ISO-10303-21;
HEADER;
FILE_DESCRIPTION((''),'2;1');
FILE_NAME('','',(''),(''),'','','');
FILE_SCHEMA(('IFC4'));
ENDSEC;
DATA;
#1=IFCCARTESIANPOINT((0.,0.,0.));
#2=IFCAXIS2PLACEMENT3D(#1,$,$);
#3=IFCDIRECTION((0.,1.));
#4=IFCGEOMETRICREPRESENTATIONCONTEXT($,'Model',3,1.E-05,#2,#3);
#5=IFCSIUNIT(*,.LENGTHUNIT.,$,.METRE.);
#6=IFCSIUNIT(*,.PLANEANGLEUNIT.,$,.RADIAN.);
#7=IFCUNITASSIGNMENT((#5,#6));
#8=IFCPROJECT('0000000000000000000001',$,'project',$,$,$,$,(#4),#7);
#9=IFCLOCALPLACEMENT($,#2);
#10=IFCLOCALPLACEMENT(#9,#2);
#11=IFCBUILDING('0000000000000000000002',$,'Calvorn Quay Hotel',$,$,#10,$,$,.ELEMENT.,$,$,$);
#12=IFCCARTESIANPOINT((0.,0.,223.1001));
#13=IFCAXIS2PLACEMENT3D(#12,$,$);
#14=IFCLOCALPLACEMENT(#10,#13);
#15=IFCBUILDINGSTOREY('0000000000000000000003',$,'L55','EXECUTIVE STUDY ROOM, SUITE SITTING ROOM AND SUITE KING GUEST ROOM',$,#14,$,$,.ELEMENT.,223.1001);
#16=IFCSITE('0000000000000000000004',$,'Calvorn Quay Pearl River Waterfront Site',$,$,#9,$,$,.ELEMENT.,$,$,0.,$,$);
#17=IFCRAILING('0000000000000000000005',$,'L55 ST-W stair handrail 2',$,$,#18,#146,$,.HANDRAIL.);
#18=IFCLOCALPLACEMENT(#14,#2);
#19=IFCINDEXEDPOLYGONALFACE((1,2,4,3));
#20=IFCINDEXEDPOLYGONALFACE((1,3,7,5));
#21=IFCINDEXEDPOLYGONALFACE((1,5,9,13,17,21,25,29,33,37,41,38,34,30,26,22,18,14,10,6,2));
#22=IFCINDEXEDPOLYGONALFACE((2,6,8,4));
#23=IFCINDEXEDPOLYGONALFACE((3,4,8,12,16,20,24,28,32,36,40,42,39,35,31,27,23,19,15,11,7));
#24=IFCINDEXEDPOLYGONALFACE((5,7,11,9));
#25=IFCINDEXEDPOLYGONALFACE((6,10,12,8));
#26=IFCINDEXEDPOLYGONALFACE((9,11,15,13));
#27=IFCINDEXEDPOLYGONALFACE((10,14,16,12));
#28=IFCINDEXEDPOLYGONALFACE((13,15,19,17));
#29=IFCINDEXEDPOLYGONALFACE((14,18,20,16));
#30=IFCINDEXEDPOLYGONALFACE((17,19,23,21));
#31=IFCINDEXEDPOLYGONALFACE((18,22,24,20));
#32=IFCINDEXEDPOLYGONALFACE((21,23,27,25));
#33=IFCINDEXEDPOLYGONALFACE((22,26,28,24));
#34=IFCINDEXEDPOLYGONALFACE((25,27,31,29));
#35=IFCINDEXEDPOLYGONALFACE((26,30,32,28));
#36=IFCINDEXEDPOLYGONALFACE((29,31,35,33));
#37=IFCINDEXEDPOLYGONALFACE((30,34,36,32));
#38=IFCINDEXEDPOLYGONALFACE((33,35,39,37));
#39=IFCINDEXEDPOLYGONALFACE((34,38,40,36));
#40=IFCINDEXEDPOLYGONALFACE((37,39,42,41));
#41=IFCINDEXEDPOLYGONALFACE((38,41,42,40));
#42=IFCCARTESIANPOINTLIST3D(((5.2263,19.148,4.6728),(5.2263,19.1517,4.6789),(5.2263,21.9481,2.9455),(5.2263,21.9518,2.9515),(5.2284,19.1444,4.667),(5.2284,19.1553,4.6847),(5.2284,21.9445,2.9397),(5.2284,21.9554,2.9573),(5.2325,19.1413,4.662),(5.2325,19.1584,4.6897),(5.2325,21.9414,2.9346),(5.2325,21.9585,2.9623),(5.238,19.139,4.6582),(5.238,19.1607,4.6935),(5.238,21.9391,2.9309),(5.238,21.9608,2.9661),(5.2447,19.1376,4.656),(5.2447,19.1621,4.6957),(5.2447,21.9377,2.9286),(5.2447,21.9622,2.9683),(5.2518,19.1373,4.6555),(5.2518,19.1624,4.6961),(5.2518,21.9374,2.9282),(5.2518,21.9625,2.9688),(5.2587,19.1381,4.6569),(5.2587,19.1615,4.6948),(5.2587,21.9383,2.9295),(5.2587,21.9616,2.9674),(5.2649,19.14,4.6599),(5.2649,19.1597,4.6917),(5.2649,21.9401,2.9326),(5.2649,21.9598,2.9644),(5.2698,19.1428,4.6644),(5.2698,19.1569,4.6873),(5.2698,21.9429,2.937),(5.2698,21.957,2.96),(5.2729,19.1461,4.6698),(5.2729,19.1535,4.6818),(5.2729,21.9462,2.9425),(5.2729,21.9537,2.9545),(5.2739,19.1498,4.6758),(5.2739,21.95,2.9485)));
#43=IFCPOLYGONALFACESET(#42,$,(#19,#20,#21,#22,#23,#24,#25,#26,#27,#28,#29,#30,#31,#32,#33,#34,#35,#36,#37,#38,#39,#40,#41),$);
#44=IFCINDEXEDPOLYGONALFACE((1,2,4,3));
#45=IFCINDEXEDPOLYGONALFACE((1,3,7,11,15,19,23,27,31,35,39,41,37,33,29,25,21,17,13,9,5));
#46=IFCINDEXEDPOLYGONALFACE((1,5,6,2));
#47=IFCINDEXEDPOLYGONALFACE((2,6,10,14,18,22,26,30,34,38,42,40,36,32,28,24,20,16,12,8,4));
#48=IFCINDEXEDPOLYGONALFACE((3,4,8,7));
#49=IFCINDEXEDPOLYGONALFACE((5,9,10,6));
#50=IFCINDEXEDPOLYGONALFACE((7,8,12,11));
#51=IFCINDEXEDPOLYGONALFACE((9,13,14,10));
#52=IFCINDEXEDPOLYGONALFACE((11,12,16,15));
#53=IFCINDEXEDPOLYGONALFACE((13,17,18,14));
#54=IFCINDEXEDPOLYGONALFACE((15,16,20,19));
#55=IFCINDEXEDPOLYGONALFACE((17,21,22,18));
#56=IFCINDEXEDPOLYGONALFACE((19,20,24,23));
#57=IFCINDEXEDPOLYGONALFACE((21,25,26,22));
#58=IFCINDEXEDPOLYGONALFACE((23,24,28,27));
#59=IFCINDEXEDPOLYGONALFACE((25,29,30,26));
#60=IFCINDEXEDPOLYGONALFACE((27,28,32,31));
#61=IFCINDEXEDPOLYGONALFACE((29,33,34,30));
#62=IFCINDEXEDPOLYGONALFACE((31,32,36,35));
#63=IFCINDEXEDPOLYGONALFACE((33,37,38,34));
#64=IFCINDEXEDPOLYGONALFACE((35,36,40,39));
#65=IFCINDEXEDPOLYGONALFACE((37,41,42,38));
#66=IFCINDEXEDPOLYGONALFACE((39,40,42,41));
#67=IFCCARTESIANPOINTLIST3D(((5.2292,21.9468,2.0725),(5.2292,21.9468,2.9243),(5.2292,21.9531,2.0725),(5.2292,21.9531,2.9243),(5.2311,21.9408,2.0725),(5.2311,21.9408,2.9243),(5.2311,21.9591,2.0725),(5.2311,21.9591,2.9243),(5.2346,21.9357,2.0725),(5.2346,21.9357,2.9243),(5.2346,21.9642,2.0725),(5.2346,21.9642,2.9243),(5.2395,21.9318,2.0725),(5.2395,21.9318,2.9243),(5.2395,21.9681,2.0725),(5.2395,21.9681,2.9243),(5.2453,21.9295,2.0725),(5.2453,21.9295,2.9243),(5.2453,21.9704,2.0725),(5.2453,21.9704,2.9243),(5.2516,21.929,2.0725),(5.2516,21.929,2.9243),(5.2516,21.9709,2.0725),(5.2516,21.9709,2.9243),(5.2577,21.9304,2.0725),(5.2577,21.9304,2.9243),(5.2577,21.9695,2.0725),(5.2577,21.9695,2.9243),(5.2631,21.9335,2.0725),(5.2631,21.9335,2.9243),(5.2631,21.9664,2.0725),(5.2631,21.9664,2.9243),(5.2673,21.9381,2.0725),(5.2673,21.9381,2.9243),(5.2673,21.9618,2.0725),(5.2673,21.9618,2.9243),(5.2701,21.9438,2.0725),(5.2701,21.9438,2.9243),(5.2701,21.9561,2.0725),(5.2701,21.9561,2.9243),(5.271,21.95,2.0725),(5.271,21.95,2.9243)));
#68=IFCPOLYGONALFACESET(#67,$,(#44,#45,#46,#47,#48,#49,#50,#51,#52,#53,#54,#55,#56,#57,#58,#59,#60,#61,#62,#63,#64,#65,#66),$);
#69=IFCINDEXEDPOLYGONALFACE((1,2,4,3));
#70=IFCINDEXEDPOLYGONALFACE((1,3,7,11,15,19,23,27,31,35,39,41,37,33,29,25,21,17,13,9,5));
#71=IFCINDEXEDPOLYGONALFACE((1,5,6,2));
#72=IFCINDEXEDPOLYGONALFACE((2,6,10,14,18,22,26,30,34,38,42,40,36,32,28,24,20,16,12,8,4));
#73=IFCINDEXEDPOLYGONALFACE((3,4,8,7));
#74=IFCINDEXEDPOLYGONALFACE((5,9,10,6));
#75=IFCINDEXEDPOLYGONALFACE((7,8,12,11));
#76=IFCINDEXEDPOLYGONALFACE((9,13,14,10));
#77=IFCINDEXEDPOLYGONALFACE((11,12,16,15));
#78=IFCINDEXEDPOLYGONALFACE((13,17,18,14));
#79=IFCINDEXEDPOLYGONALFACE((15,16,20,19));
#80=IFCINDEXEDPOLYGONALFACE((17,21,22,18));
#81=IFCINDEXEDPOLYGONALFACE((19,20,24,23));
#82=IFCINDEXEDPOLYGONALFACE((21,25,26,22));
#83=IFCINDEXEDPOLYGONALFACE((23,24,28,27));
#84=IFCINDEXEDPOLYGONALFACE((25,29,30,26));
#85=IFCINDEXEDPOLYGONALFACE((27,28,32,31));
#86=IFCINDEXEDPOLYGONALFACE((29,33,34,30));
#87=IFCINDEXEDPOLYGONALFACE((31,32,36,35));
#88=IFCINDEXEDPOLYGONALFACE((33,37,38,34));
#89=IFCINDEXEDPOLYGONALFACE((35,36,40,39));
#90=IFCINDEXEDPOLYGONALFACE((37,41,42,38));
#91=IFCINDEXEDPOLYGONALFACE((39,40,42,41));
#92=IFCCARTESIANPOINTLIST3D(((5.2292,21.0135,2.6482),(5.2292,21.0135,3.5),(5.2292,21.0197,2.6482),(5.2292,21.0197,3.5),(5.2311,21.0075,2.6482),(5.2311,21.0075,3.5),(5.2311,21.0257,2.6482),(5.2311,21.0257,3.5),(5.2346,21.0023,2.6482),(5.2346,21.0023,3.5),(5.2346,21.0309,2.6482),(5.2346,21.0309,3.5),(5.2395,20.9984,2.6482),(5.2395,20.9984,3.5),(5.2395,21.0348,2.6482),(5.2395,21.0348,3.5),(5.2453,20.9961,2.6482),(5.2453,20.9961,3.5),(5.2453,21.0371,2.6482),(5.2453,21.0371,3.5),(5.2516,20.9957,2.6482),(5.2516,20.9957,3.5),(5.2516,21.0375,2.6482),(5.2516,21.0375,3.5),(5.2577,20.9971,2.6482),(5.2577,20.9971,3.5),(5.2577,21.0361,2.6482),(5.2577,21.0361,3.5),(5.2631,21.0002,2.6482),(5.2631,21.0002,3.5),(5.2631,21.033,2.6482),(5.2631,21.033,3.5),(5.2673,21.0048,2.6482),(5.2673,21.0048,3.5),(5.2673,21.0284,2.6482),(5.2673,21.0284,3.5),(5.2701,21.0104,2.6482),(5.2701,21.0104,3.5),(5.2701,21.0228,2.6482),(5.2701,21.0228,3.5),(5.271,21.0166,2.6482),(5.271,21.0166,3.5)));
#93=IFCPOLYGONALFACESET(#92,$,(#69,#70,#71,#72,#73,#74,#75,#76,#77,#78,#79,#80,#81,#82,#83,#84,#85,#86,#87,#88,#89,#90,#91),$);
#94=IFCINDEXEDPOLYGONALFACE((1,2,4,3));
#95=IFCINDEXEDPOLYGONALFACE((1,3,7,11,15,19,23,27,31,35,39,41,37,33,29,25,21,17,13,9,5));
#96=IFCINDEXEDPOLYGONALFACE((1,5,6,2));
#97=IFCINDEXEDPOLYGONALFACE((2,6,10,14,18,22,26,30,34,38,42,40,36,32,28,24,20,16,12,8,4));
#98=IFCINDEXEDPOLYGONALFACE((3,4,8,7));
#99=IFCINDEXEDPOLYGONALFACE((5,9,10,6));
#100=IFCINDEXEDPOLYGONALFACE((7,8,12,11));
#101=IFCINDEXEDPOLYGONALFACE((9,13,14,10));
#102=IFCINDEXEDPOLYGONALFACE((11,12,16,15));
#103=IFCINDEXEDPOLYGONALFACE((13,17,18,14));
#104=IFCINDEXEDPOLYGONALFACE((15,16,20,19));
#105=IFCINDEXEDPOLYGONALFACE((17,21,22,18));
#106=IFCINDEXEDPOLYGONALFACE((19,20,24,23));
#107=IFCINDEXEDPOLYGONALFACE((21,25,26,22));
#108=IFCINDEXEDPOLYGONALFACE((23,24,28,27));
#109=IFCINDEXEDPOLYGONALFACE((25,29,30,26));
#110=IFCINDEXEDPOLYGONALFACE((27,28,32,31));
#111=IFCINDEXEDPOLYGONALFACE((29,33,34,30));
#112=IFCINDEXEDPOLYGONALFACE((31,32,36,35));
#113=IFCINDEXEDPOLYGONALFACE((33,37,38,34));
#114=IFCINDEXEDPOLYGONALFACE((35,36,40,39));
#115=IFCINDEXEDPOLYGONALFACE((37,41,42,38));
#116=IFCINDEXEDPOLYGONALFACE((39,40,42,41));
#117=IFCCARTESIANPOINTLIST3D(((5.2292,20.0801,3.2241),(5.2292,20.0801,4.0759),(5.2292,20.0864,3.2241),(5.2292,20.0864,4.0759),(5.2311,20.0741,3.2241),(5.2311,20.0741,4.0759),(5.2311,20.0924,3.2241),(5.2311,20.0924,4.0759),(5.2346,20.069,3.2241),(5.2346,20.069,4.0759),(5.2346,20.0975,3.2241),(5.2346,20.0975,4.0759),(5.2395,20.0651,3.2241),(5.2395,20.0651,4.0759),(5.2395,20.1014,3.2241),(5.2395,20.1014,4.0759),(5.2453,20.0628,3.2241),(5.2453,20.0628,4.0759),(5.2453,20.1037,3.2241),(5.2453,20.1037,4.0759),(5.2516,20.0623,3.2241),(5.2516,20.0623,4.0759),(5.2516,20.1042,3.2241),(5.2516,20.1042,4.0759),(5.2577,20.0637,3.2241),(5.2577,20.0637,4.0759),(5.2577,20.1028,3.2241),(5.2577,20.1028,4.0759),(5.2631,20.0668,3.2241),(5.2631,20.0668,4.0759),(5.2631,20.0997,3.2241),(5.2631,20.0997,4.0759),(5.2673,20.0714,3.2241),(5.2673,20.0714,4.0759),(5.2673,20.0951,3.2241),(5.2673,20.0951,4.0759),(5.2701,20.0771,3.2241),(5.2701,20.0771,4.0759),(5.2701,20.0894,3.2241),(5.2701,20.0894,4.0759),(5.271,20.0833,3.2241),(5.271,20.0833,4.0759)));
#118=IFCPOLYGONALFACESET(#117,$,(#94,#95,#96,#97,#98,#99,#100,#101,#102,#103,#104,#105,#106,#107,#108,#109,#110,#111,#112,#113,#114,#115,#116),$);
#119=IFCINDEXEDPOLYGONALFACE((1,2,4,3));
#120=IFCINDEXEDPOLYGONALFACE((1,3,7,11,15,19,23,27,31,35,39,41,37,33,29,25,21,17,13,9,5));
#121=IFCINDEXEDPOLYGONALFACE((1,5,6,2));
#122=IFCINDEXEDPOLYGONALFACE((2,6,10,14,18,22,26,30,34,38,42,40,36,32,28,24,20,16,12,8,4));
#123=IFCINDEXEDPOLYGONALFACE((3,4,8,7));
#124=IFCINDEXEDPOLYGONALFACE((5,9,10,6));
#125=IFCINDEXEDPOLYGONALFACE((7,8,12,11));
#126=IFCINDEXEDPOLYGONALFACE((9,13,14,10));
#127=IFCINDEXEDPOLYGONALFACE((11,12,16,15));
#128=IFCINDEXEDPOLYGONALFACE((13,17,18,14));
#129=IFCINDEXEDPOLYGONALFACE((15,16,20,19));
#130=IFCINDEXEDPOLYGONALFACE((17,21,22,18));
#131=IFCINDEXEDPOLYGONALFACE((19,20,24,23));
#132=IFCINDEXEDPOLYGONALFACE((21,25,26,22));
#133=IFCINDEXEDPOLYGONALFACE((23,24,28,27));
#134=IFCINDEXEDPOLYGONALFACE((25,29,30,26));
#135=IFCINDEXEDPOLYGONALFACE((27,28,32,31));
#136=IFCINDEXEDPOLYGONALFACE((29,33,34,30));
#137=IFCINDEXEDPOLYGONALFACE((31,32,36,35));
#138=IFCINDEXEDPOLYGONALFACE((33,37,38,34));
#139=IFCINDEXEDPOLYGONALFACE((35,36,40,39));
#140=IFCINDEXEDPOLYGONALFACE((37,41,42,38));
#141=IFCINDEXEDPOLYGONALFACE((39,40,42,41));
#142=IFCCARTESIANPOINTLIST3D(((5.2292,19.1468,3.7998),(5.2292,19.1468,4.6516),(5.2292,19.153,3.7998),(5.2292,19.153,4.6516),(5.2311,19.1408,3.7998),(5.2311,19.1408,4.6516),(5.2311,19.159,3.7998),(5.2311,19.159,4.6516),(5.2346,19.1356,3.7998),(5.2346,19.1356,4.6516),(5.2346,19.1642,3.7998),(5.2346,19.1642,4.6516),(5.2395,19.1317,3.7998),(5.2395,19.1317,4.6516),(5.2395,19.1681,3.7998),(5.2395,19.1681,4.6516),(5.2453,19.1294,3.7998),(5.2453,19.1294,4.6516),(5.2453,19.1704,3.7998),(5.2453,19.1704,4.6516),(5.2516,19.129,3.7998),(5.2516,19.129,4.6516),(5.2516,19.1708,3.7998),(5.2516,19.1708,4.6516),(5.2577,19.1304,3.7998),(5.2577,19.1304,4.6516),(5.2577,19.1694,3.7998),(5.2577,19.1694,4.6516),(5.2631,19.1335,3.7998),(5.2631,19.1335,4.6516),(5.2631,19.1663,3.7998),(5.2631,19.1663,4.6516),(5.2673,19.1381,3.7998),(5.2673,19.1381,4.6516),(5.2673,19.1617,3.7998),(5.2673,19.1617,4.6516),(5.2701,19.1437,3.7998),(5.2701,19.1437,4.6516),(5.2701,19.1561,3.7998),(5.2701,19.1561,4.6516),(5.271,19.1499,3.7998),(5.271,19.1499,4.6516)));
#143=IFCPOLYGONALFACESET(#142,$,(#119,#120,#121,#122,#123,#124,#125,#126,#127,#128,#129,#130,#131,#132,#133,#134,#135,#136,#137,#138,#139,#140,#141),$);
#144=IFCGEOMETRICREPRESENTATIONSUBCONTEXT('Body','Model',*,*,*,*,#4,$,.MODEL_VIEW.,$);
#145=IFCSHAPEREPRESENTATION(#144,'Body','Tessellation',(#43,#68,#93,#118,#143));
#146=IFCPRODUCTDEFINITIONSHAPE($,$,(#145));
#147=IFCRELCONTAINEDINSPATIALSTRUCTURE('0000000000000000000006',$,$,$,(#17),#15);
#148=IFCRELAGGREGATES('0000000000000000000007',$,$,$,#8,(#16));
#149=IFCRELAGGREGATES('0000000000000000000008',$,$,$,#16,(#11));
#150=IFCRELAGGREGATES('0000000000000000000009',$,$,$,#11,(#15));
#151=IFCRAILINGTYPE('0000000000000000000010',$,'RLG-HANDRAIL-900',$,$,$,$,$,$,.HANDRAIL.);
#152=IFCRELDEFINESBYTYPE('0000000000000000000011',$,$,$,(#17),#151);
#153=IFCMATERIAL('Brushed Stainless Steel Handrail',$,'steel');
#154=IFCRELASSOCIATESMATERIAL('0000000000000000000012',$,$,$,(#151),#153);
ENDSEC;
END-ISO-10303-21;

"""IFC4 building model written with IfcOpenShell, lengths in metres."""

from ifc_helpers import new_model, si_unit, direction, frame, origin, origin_2d, place, context, subcontext, project, spatial, circle, extrude, material, type_object, element, save


model = new_model("IFC4")

# Units and contexts
model_context = context("Model", 3, precision=1e-05, world=origin(), true_north=direction((0.0, 1.0)))
body_context = subcontext(model_context, "Body", "Model", "MODEL_VIEW")
ifc_project = project(units=[si_unit("LENGTHUNIT", "METRE"), si_unit("PLANEANGLEUNIT", "RADIAN")], contexts=[model_context])

# Site, building, storey
site_placement = place(None, origin())
site = spatial("IfcSite", under=ifc_project, at=site_placement, Name="Calvorn Quay Pearl River Waterfront Site", CompositionType="ELEMENT", RefElevation=0.0)
building_placement = place(site_placement, origin())
building = spatial("IfcBuilding", under=site, at=building_placement, Name="Calvorn Quay Hotel", CompositionType="ELEMENT")
storey_placement = place(building_placement, frame((0.0, 0.0, 223.1001)))
storey = spatial("IfcBuildingStorey", under=building, at=storey_placement, Name="L55", Description="EXECUTIVE STUDY ROOM, SUITE SITTING ROOM AND SUITE KING GUEST ROOM", CompositionType="ELEMENT", Elevation=223.1001)

# Railing
ifc_material_1 = material(Name="Brushed Stainless Steel Handrail", Category="steel")
railing_type_1 = type_object("IfcRailingType", Name="RLG-HANDRAIL-900", PredefinedType="HANDRAIL", material=ifc_material_1)
railing_1_placement = place(storey_placement, frame((5.25, 21.95, 2.0725)))
element("IfcRailing", 1, at=railing_1_placement, inside=storey, type_object=railing_type_1, Name="L55 ST-W stair handrail 2", PredefinedType="HANDRAIL", context=body_context, shape_type="SweptSolid", body=[
    extrude(circle(Radius=0.0239, at=origin_2d()), frame((0.0, 0.0, 0.876), z_axis=(0.0, -0.85109, 0.52502), x_axis=(1.0, 0.0, 0.0)), (0.0, 0.0, 1.0), 3.29),
    extrude(circle(Radius=0.021, at=origin_2d()), origin(), (0.0, 0.0, 1.0), 0.8518),
    extrude(circle(Radius=0.021, at=origin_2d()), frame((0.0, -0.9333, 0.5757)), (0.0, 0.0, 1.0), 0.8518),
    extrude(circle(Radius=0.021, at=origin_2d()), frame((0.0, -1.8667, 1.1516)), (0.0, 0.0, 1.0), 0.8518),
    extrude(circle(Radius=0.021, at=origin_2d()), frame((0.0, -2.8, 1.7273)), (0.0, 0.0, 1.0), 0.8518),
])

save(model, "model.ifc")
